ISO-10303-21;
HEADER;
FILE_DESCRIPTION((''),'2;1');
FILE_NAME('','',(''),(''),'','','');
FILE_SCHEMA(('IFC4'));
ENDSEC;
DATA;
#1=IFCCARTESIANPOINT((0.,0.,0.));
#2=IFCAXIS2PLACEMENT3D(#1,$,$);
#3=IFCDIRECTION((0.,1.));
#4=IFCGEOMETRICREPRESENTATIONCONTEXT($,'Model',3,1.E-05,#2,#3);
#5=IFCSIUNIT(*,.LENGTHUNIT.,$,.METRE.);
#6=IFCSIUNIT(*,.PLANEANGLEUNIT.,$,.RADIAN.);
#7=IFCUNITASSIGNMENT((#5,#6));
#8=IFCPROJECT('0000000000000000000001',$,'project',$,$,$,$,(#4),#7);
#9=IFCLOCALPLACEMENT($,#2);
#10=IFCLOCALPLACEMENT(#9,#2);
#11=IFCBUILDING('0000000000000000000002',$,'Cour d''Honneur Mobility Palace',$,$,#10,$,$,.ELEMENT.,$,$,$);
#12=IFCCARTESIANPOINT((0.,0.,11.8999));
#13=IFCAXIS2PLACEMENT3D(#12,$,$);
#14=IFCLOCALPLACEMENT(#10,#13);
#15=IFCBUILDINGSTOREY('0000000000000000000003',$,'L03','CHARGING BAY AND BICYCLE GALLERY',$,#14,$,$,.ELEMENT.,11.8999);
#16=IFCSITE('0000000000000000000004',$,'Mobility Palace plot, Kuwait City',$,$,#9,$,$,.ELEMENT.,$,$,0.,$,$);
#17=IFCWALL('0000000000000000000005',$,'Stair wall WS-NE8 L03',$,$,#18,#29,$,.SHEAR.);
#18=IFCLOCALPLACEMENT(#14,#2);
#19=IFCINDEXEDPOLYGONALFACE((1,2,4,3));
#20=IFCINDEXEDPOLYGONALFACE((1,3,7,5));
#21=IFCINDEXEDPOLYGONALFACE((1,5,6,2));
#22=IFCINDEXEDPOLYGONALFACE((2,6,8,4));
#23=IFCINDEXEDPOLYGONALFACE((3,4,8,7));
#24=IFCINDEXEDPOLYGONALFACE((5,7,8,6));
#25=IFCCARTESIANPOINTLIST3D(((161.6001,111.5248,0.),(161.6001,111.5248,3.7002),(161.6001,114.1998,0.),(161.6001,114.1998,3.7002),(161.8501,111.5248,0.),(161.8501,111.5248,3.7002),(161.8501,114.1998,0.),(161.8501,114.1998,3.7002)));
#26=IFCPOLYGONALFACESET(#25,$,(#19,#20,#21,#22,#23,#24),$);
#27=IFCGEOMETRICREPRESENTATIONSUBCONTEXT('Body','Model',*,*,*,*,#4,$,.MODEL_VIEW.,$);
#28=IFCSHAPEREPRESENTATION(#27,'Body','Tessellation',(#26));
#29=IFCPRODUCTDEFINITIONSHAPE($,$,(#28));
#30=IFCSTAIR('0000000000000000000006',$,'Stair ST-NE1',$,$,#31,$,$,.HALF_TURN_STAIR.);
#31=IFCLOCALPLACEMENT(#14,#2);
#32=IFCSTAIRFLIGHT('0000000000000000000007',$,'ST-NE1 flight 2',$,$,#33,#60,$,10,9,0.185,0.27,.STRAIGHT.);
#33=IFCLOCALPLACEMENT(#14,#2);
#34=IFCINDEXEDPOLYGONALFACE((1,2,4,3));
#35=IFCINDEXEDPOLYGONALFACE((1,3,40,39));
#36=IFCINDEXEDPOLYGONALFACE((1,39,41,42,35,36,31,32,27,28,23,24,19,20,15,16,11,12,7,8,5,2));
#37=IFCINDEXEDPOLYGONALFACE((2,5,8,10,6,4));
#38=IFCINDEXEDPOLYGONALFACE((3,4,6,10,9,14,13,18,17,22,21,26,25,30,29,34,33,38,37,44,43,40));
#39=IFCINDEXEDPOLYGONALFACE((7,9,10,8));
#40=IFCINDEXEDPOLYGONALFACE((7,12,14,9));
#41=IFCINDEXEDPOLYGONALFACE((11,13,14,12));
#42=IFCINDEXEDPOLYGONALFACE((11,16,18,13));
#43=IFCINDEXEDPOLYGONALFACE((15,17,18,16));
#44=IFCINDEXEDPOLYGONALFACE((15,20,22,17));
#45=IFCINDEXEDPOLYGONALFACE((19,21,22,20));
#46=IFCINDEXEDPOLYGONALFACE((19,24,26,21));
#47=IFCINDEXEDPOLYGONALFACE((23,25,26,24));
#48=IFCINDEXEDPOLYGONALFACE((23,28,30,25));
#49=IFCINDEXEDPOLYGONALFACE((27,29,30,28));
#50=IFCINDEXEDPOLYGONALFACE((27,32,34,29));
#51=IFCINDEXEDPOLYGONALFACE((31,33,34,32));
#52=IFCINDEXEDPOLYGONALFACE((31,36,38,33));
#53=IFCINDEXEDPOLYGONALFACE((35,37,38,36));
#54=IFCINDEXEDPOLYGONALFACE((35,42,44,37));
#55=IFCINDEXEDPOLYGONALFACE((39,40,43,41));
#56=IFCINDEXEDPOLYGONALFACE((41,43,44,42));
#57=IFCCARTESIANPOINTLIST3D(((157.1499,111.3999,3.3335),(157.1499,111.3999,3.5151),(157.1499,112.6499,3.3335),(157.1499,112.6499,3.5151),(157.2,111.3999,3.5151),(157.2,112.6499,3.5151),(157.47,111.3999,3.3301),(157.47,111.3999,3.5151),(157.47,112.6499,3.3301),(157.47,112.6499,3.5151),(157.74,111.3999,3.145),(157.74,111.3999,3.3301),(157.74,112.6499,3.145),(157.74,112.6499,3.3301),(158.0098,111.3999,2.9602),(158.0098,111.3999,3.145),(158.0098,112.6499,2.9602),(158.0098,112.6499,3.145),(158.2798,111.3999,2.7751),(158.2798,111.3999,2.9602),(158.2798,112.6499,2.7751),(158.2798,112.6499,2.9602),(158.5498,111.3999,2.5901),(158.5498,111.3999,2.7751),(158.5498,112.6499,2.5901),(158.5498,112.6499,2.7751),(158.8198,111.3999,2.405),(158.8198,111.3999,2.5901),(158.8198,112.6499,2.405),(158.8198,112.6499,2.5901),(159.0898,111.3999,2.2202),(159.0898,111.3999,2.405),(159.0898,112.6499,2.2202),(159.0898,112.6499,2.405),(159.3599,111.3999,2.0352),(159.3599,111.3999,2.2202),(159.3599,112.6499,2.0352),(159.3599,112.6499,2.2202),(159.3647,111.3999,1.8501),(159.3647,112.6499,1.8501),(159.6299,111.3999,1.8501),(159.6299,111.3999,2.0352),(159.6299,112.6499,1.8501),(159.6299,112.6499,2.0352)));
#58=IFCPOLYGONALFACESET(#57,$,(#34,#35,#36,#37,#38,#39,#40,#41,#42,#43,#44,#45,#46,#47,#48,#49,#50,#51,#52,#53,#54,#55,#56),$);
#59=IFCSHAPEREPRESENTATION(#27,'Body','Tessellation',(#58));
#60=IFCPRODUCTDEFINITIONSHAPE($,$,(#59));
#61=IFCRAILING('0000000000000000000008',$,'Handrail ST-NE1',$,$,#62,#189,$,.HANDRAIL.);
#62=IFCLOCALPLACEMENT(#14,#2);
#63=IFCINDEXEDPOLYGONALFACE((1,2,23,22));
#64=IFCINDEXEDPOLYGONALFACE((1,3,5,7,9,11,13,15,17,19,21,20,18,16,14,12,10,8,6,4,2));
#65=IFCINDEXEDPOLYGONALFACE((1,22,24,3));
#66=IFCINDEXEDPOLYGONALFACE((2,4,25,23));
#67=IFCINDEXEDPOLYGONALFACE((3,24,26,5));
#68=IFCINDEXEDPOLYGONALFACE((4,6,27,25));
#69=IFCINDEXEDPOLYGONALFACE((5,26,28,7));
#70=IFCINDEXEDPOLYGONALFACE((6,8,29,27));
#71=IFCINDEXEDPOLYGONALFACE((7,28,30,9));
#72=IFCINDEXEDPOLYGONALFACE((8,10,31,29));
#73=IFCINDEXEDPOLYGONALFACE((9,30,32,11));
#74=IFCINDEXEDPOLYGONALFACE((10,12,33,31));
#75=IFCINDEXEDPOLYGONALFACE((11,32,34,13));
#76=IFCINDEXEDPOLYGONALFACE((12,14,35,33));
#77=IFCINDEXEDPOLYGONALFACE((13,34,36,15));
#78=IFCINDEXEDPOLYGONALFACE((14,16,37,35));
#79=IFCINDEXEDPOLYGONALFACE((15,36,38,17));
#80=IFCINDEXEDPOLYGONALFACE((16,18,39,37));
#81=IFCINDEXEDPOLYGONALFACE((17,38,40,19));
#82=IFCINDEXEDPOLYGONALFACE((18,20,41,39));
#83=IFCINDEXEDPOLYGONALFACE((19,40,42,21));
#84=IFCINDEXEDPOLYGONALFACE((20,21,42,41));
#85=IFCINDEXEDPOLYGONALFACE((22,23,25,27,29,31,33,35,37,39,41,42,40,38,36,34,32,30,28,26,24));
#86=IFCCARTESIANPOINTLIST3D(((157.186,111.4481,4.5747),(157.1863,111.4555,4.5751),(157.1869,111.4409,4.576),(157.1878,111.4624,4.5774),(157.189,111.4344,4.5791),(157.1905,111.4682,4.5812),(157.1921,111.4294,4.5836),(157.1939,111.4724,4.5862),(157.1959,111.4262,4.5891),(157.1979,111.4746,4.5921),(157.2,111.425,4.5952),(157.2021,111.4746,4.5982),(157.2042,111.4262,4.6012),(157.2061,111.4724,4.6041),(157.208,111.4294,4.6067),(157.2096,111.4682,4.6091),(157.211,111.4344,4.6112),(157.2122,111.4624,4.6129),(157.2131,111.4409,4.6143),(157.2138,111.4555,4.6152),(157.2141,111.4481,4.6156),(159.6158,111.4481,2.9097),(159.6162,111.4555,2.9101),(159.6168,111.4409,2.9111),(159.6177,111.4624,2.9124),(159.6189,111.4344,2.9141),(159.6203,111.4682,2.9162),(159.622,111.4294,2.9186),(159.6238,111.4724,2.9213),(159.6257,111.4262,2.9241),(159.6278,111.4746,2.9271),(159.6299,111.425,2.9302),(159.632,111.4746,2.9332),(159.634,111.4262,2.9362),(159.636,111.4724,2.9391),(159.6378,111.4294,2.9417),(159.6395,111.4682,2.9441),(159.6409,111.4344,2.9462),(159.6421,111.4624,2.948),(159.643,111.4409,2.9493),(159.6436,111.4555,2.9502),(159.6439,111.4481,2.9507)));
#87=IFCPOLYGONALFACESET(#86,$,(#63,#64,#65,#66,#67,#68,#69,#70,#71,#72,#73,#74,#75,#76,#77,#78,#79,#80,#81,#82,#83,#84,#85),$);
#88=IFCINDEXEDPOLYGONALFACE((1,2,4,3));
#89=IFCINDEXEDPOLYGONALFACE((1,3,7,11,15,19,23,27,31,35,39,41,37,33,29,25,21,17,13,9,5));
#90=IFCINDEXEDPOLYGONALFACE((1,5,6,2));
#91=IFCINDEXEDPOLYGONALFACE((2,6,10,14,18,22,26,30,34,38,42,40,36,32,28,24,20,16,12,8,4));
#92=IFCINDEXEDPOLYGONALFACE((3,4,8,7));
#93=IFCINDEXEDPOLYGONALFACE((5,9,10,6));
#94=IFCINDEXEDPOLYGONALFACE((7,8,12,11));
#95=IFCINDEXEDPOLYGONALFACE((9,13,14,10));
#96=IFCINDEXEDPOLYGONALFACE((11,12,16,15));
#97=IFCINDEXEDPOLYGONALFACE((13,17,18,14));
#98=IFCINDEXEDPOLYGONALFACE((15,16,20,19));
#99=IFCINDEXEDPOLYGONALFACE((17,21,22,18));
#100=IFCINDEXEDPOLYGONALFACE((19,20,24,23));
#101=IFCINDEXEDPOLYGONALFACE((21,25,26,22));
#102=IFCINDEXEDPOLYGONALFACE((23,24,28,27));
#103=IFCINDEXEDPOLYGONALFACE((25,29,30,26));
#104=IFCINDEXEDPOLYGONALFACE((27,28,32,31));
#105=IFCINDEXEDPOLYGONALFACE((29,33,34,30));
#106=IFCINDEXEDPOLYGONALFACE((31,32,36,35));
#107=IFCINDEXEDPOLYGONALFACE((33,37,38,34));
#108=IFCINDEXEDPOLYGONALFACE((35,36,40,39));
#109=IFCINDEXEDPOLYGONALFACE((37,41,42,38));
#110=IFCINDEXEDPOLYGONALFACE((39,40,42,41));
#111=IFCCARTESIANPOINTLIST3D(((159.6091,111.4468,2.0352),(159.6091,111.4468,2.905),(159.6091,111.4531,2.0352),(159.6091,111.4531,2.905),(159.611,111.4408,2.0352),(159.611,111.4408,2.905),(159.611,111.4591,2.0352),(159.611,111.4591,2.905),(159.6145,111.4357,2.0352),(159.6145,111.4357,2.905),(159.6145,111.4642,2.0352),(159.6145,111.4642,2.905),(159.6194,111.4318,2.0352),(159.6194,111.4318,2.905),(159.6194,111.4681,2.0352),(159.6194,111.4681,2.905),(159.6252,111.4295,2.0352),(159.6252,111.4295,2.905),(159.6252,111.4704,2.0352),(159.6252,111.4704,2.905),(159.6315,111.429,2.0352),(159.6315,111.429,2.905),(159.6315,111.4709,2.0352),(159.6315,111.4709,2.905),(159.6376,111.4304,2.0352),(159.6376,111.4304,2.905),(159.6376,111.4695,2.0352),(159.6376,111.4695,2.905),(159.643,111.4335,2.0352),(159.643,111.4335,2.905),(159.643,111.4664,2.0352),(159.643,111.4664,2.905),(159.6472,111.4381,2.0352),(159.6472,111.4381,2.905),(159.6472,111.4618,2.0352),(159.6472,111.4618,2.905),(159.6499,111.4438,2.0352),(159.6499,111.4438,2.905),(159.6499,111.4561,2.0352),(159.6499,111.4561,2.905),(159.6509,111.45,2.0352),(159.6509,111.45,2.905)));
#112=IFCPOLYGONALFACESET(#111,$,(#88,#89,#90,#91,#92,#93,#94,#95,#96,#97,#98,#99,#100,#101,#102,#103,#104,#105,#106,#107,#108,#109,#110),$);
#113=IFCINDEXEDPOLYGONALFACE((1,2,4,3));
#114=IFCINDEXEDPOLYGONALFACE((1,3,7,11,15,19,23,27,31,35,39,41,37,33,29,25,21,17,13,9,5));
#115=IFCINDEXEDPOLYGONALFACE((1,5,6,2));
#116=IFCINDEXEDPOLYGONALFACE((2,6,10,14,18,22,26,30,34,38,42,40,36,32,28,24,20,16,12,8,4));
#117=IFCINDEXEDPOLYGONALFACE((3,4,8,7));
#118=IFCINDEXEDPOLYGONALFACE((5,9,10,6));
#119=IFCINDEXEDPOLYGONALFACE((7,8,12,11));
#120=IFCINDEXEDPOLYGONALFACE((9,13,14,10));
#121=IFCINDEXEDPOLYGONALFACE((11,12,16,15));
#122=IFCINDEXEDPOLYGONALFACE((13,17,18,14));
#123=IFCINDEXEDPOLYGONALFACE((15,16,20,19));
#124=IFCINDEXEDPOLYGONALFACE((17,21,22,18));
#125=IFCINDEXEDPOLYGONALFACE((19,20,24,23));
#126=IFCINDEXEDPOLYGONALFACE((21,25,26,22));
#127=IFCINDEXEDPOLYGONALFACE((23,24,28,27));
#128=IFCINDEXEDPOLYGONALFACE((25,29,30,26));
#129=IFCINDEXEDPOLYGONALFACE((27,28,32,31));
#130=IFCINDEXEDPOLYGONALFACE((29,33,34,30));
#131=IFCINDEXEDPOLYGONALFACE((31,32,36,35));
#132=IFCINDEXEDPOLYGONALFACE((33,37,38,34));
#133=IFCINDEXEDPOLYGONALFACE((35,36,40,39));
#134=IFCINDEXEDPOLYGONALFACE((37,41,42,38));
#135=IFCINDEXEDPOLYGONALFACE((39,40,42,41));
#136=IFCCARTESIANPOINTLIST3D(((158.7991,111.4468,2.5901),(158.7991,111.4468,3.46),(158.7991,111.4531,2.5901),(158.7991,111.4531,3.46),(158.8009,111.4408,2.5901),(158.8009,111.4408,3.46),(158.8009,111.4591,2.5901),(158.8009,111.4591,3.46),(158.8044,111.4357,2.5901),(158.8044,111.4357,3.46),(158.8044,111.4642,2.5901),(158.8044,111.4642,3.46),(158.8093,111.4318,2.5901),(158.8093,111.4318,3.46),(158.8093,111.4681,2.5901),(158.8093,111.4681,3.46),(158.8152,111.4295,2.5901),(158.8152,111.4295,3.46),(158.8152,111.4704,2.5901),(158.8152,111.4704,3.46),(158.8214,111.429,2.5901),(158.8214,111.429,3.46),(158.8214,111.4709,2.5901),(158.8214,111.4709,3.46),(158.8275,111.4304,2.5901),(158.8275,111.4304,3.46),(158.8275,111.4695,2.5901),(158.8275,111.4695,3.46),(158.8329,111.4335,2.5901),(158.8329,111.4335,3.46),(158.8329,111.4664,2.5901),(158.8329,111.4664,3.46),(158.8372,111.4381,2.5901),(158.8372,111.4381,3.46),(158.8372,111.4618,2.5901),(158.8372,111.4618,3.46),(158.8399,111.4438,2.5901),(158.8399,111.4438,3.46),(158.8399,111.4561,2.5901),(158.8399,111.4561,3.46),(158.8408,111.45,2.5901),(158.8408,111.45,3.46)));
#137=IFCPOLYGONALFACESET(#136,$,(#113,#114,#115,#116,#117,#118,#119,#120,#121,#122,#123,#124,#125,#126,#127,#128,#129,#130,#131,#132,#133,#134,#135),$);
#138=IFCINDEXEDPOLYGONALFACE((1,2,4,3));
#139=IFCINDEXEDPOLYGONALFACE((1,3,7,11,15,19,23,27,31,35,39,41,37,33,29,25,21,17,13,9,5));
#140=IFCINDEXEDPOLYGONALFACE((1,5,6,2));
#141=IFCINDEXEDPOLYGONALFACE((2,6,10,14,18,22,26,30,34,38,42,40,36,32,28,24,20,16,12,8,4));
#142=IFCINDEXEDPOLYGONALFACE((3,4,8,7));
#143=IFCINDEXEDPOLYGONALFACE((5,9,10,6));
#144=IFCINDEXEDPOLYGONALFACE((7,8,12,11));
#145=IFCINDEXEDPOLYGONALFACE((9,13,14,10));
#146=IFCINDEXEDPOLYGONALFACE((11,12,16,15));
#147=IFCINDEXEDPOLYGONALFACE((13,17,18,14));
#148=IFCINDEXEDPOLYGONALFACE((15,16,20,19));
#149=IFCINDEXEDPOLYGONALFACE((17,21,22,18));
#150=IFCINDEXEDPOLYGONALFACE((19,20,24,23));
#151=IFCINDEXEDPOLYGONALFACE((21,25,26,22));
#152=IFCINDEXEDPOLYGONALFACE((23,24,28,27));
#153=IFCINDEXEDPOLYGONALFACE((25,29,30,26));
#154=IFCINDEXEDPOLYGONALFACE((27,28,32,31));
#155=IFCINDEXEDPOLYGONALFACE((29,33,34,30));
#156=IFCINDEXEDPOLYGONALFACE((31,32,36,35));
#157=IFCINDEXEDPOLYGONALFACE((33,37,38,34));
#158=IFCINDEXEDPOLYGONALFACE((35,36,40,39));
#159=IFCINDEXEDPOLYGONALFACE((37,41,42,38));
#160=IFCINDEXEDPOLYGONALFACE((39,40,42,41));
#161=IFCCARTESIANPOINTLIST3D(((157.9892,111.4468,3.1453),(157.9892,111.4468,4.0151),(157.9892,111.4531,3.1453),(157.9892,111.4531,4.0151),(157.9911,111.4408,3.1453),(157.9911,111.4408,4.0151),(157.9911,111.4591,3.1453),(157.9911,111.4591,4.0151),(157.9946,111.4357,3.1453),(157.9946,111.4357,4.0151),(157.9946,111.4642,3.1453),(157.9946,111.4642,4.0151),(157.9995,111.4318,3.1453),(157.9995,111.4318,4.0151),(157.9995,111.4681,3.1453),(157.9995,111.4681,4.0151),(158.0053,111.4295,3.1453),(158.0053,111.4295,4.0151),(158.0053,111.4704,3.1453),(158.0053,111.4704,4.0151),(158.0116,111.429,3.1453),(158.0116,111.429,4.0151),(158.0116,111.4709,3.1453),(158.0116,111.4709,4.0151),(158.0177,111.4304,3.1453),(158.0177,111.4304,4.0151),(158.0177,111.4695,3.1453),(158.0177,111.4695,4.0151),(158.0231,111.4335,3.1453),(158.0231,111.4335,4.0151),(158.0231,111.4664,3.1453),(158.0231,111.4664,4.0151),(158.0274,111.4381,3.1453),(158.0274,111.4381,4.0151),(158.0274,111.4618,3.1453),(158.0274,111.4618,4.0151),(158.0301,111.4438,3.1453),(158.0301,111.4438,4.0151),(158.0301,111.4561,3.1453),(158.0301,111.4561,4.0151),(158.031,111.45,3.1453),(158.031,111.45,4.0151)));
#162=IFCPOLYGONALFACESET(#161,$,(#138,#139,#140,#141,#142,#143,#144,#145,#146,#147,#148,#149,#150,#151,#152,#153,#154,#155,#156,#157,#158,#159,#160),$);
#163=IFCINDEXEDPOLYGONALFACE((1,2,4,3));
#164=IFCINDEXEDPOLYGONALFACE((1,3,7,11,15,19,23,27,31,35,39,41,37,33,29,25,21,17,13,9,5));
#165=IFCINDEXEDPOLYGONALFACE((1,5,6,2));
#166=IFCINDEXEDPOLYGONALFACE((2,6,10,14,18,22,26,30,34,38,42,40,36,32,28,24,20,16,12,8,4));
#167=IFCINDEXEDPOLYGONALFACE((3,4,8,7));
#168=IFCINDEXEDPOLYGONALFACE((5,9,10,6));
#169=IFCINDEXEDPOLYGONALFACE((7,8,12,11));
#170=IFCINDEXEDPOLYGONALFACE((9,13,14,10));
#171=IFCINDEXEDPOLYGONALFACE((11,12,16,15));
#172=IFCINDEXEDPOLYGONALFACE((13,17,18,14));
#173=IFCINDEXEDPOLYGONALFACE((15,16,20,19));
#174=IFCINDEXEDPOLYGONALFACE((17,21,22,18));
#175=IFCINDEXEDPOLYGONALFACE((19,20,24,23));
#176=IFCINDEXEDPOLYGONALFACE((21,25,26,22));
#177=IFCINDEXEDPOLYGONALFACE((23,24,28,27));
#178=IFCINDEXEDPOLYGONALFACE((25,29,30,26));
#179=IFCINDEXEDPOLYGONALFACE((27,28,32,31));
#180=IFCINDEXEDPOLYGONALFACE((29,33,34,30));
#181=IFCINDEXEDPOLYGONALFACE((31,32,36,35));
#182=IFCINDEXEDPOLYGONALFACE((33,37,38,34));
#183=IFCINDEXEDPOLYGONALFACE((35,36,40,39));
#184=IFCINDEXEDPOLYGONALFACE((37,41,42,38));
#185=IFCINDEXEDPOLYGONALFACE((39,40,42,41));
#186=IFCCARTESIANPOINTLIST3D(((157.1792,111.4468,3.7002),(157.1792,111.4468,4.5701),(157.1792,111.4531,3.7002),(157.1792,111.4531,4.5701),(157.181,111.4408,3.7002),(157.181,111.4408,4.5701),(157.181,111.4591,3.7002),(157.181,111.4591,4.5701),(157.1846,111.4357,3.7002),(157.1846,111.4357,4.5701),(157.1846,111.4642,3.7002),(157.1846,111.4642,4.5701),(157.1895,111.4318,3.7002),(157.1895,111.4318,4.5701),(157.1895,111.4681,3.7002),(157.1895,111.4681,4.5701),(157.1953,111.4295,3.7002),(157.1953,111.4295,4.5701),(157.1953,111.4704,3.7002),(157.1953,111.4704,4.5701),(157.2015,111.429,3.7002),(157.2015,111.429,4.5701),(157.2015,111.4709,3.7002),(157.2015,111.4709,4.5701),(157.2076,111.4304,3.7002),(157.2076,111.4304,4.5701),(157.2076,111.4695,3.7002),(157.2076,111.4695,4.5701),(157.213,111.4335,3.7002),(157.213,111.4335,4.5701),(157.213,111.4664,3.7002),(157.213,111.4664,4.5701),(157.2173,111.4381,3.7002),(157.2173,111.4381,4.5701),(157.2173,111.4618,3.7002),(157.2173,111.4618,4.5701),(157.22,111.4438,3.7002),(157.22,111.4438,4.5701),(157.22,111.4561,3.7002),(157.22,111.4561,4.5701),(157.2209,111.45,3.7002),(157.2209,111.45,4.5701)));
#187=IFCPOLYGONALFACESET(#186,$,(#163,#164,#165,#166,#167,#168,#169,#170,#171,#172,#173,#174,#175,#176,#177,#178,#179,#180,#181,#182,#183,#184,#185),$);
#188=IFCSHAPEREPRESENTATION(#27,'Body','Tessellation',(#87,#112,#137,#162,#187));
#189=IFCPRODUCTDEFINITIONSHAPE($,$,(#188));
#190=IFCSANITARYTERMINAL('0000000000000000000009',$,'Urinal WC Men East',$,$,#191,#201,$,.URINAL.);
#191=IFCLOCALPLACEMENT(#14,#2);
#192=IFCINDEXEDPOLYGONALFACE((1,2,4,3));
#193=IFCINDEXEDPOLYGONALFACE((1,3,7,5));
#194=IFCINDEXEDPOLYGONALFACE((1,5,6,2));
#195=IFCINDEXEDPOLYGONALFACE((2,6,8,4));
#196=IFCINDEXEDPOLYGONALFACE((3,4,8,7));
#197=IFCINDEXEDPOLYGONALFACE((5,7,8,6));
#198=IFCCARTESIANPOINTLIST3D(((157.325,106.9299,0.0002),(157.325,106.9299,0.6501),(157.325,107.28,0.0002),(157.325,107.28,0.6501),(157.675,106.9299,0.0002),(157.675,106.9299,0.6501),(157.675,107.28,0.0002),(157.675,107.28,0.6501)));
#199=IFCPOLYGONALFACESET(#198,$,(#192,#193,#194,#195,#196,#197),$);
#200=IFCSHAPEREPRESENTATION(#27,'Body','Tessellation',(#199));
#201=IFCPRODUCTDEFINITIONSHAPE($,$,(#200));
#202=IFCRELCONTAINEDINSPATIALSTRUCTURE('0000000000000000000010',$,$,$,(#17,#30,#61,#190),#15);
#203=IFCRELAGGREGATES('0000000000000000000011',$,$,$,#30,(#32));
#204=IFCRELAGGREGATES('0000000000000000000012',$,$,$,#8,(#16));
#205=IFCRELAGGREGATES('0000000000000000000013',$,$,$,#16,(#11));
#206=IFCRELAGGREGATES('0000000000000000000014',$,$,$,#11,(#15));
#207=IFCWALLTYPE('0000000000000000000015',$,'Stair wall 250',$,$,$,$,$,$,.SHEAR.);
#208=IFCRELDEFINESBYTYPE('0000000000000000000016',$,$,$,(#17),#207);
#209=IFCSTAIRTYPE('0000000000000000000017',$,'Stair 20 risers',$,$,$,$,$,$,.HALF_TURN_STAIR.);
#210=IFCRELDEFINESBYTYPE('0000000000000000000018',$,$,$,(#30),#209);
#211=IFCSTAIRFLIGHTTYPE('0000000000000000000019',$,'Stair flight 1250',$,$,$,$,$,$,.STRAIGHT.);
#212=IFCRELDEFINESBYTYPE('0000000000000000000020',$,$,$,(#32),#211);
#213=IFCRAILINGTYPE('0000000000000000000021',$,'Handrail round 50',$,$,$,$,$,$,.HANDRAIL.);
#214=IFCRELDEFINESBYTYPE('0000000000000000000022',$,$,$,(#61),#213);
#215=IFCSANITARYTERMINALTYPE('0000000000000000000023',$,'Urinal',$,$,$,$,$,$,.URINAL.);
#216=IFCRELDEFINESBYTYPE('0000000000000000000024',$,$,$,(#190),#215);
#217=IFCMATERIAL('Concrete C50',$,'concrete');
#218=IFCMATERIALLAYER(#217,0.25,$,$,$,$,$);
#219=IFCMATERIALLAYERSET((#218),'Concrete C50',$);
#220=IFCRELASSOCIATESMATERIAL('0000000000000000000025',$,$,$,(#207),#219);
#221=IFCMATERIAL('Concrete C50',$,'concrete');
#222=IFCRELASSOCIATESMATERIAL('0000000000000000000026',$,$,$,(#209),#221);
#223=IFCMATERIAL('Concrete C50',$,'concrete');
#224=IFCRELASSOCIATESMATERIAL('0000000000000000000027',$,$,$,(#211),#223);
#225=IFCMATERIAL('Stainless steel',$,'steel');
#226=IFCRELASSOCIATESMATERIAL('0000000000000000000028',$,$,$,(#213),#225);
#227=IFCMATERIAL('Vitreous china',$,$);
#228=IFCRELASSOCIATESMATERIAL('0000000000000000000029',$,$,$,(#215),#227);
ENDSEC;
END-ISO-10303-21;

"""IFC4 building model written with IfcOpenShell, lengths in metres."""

from ifc_helpers import new_model, si_unit, direction, frame, frame_2d, origin, origin_2d, place, context, subcontext, project, spatial, polyline, rectangle, circle, outline, extrude, material, layer, layer_set, type_object, element, aggregate, save


model = new_model("IFC4")

# Units and contexts
model_context = context("Model", 3, precision=1e-05, world=origin(), true_north=direction((0.0, 1.0)))
body_context = subcontext(model_context, "Body", "Model", "MODEL_VIEW")
ifc_project = project(units=[si_unit("LENGTHUNIT", "METRE"), si_unit("PLANEANGLEUNIT", "RADIAN")], contexts=[model_context])

# Site, building, storey
site_placement = place(None, origin())
site = spatial("IfcSite", under=ifc_project, at=site_placement, Name="Mobility Palace plot, Kuwait City", CompositionType="ELEMENT", RefElevation=0.0)
building_placement = place(site_placement, origin())
building = spatial("IfcBuilding", under=site, at=building_placement, Name="Cour d'Honneur Mobility Palace", CompositionType="ELEMENT")
storey_placement = place(building_placement, frame((0.0, 0.0, 11.8999)))
storey = spatial("IfcBuildingStorey", under=building, at=storey_placement, Name="L03", Description="CHARGING BAY AND BICYCLE GALLERY", CompositionType="ELEMENT", Elevation=11.8999)

# Shared definitions
ifc_material_1 = material(Name="Concrete C50", Category="concrete")
ifc_layer_1 = layer(ifc_material_1, 0.25)
ifc_layer_set_1 = layer_set([ifc_layer_1], Name="Concrete C50")
wall_type_1 = type_object("IfcWallType", Name="Stair wall 250", PredefinedType="SHEAR", material=ifc_layer_set_1)

# Wall
wall_1_placement = place(storey_placement, frame((161.7251, 111.5249, 0.0), z_axis=(0.0, 0.0, 1.0), x_axis=(0.0, 1.0, 0.0)))
element("IfcWall", 1, at=wall_1_placement, inside=storey, type_object=wall_type_1, Name="Stair wall WS-NE8 L03", PredefinedType="SHEAR", context=body_context, shape_type="SweptSolid", body=[
    extrude(rectangle(XDim=2.675, YDim=0.25, at=frame_2d((1.3374, 0.0))), origin(), (0.0, 0.0, 1.0), 3.7002),
])

# Stair, stair flight
ifc_material_2 = material(Name="Concrete C50", Category="concrete")
stair_type = type_object("IfcStairType", Name="Stair 20 risers", PredefinedType="HALF_TURN_STAIR", material=ifc_material_2)
stair_placement = place(storey_placement, origin())
stair = element("IfcStair", 2, at=stair_placement, inside=storey, type_object=stair_type, Name="Stair ST-NE1", PredefinedType="HALF_TURN_STAIR")
ifc_material_3 = material(Name="Concrete C50", Category="concrete")
stair_flight_type = type_object("IfcStairFlightType", Name="Stair flight 1250", PredefinedType="STRAIGHT", material=ifc_material_3)
stair_flight_placement = place(storey_placement, frame((159.6299, 112.0249, 1.8501), z_axis=(0.0, 0.0, 1.0), x_axis=(-1.0, 0.0, 0.0)))
stair_flight = element("IfcStairFlight", 3, at=stair_flight_placement, type_object=stair_flight_type, Name="ST-NE1 flight 2", NumberOfRisers=10, NumberOfTreads=9, PredefinedType="STRAIGHT", RiserHeight=0.185, TreadLength=0.27, context=body_context, shape_type="SweptSolid", body=[
    extrude(outline(polyline([(0.0, 0.0), (0.0, 0.1851), (0.27, 0.1851), (0.27, 0.3701), (0.54, 0.3701), (0.54, 0.5549), (0.8101, 0.5549), (0.8101, 0.74), (1.0801, 0.74), (1.0801, 0.925), (1.3501, 0.925), (1.3501, 1.1101), (1.6201, 1.1101), (1.6201, 1.2949), (1.8899, 1.2949), (1.8899, 1.48), (2.1599, 1.48), (2.1599, 1.665), (2.4299, 1.665), (2.48, 1.665), (2.48, 1.4834), (0.2651, 0.0), (0.0, 0.0)])), frame((0.0, 0.625, 0.0), z_axis=(0.0, -1.0, 0.0), x_axis=(1.0, 0.0, 0.0)), (0.0, 0.0, 1.0), 1.25),
])
aggregate(stair, [stair_flight])

# Railing
ifc_material_4 = material(Name="Stainless steel", Category="steel")
railing_type = type_object("IfcRailingType", Name="Handrail round 50", PredefinedType="HANDRAIL", material=ifc_material_4)
railing_placement = place(storey_placement, frame((159.6299, 111.45, 2.0352)))
element("IfcRailing", 4, at=railing_placement, inside=storey, type_object=railing_type, Name="Handrail ST-NE1", PredefinedType="HANDRAIL", context=body_context, shape_type="SweptSolid", body=[
    extrude(circle(Radius=0.0249, at=origin_2d()), frame((0.0, 0.0, 0.895), z_axis=(-0.824919, 0.0, 0.565251), x_axis=(0.0, -1.0, 0.0)), (0.0, 0.0, 1.0), 2.9456),
    extrude(circle(Radius=0.021, at=origin_2d()), origin(), (0.0, 0.0, 1.0), 0.8699),
    extrude(circle(Radius=0.021, at=origin_2d()), frame((-0.8101, 0.0, 0.5549)), (0.0, 0.0, 1.0), 0.8699),
    extrude(circle(Radius=0.021, at=origin_2d()), frame((-1.6199, 0.0, 1.1101)), (0.0, 0.0, 1.0), 0.8699),
    extrude(circle(Radius=0.021, at=origin_2d()), frame((-2.4299, 0.0, 1.665)), (0.0, 0.0, 1.0), 0.8699),
])

# Sanitary terminal
ifc_material_5 = material(Name="Vitreous china")
sanitary_terminal_type_1 = type_object("IfcSanitaryTerminalType", Name="Urinal", PredefinedType="URINAL", material=ifc_material_5)
for number, where, z_axis, x_axis, name in (
    (5, (157.5, 107.105, 0.0002), (0.0, 0.0, 1.0), (1.0, 0.0, 0.0), "Urinal WC Men East"),
):
    element("IfcSanitaryTerminal", number, at=place(storey_placement, frame(where, z_axis=z_axis, x_axis=x_axis)), inside=storey, type_object=sanitary_terminal_type_1, Name=name, PredefinedType="URINAL", context=body_context, shape_type="SweptSolid", body=[
        extrude(rectangle(XDim=0.3501, YDim=0.3501, at=origin_2d()), origin(), (0.0, 0.0, 1.0), 0.6499),
    ])

save(model, "model.ifc")
